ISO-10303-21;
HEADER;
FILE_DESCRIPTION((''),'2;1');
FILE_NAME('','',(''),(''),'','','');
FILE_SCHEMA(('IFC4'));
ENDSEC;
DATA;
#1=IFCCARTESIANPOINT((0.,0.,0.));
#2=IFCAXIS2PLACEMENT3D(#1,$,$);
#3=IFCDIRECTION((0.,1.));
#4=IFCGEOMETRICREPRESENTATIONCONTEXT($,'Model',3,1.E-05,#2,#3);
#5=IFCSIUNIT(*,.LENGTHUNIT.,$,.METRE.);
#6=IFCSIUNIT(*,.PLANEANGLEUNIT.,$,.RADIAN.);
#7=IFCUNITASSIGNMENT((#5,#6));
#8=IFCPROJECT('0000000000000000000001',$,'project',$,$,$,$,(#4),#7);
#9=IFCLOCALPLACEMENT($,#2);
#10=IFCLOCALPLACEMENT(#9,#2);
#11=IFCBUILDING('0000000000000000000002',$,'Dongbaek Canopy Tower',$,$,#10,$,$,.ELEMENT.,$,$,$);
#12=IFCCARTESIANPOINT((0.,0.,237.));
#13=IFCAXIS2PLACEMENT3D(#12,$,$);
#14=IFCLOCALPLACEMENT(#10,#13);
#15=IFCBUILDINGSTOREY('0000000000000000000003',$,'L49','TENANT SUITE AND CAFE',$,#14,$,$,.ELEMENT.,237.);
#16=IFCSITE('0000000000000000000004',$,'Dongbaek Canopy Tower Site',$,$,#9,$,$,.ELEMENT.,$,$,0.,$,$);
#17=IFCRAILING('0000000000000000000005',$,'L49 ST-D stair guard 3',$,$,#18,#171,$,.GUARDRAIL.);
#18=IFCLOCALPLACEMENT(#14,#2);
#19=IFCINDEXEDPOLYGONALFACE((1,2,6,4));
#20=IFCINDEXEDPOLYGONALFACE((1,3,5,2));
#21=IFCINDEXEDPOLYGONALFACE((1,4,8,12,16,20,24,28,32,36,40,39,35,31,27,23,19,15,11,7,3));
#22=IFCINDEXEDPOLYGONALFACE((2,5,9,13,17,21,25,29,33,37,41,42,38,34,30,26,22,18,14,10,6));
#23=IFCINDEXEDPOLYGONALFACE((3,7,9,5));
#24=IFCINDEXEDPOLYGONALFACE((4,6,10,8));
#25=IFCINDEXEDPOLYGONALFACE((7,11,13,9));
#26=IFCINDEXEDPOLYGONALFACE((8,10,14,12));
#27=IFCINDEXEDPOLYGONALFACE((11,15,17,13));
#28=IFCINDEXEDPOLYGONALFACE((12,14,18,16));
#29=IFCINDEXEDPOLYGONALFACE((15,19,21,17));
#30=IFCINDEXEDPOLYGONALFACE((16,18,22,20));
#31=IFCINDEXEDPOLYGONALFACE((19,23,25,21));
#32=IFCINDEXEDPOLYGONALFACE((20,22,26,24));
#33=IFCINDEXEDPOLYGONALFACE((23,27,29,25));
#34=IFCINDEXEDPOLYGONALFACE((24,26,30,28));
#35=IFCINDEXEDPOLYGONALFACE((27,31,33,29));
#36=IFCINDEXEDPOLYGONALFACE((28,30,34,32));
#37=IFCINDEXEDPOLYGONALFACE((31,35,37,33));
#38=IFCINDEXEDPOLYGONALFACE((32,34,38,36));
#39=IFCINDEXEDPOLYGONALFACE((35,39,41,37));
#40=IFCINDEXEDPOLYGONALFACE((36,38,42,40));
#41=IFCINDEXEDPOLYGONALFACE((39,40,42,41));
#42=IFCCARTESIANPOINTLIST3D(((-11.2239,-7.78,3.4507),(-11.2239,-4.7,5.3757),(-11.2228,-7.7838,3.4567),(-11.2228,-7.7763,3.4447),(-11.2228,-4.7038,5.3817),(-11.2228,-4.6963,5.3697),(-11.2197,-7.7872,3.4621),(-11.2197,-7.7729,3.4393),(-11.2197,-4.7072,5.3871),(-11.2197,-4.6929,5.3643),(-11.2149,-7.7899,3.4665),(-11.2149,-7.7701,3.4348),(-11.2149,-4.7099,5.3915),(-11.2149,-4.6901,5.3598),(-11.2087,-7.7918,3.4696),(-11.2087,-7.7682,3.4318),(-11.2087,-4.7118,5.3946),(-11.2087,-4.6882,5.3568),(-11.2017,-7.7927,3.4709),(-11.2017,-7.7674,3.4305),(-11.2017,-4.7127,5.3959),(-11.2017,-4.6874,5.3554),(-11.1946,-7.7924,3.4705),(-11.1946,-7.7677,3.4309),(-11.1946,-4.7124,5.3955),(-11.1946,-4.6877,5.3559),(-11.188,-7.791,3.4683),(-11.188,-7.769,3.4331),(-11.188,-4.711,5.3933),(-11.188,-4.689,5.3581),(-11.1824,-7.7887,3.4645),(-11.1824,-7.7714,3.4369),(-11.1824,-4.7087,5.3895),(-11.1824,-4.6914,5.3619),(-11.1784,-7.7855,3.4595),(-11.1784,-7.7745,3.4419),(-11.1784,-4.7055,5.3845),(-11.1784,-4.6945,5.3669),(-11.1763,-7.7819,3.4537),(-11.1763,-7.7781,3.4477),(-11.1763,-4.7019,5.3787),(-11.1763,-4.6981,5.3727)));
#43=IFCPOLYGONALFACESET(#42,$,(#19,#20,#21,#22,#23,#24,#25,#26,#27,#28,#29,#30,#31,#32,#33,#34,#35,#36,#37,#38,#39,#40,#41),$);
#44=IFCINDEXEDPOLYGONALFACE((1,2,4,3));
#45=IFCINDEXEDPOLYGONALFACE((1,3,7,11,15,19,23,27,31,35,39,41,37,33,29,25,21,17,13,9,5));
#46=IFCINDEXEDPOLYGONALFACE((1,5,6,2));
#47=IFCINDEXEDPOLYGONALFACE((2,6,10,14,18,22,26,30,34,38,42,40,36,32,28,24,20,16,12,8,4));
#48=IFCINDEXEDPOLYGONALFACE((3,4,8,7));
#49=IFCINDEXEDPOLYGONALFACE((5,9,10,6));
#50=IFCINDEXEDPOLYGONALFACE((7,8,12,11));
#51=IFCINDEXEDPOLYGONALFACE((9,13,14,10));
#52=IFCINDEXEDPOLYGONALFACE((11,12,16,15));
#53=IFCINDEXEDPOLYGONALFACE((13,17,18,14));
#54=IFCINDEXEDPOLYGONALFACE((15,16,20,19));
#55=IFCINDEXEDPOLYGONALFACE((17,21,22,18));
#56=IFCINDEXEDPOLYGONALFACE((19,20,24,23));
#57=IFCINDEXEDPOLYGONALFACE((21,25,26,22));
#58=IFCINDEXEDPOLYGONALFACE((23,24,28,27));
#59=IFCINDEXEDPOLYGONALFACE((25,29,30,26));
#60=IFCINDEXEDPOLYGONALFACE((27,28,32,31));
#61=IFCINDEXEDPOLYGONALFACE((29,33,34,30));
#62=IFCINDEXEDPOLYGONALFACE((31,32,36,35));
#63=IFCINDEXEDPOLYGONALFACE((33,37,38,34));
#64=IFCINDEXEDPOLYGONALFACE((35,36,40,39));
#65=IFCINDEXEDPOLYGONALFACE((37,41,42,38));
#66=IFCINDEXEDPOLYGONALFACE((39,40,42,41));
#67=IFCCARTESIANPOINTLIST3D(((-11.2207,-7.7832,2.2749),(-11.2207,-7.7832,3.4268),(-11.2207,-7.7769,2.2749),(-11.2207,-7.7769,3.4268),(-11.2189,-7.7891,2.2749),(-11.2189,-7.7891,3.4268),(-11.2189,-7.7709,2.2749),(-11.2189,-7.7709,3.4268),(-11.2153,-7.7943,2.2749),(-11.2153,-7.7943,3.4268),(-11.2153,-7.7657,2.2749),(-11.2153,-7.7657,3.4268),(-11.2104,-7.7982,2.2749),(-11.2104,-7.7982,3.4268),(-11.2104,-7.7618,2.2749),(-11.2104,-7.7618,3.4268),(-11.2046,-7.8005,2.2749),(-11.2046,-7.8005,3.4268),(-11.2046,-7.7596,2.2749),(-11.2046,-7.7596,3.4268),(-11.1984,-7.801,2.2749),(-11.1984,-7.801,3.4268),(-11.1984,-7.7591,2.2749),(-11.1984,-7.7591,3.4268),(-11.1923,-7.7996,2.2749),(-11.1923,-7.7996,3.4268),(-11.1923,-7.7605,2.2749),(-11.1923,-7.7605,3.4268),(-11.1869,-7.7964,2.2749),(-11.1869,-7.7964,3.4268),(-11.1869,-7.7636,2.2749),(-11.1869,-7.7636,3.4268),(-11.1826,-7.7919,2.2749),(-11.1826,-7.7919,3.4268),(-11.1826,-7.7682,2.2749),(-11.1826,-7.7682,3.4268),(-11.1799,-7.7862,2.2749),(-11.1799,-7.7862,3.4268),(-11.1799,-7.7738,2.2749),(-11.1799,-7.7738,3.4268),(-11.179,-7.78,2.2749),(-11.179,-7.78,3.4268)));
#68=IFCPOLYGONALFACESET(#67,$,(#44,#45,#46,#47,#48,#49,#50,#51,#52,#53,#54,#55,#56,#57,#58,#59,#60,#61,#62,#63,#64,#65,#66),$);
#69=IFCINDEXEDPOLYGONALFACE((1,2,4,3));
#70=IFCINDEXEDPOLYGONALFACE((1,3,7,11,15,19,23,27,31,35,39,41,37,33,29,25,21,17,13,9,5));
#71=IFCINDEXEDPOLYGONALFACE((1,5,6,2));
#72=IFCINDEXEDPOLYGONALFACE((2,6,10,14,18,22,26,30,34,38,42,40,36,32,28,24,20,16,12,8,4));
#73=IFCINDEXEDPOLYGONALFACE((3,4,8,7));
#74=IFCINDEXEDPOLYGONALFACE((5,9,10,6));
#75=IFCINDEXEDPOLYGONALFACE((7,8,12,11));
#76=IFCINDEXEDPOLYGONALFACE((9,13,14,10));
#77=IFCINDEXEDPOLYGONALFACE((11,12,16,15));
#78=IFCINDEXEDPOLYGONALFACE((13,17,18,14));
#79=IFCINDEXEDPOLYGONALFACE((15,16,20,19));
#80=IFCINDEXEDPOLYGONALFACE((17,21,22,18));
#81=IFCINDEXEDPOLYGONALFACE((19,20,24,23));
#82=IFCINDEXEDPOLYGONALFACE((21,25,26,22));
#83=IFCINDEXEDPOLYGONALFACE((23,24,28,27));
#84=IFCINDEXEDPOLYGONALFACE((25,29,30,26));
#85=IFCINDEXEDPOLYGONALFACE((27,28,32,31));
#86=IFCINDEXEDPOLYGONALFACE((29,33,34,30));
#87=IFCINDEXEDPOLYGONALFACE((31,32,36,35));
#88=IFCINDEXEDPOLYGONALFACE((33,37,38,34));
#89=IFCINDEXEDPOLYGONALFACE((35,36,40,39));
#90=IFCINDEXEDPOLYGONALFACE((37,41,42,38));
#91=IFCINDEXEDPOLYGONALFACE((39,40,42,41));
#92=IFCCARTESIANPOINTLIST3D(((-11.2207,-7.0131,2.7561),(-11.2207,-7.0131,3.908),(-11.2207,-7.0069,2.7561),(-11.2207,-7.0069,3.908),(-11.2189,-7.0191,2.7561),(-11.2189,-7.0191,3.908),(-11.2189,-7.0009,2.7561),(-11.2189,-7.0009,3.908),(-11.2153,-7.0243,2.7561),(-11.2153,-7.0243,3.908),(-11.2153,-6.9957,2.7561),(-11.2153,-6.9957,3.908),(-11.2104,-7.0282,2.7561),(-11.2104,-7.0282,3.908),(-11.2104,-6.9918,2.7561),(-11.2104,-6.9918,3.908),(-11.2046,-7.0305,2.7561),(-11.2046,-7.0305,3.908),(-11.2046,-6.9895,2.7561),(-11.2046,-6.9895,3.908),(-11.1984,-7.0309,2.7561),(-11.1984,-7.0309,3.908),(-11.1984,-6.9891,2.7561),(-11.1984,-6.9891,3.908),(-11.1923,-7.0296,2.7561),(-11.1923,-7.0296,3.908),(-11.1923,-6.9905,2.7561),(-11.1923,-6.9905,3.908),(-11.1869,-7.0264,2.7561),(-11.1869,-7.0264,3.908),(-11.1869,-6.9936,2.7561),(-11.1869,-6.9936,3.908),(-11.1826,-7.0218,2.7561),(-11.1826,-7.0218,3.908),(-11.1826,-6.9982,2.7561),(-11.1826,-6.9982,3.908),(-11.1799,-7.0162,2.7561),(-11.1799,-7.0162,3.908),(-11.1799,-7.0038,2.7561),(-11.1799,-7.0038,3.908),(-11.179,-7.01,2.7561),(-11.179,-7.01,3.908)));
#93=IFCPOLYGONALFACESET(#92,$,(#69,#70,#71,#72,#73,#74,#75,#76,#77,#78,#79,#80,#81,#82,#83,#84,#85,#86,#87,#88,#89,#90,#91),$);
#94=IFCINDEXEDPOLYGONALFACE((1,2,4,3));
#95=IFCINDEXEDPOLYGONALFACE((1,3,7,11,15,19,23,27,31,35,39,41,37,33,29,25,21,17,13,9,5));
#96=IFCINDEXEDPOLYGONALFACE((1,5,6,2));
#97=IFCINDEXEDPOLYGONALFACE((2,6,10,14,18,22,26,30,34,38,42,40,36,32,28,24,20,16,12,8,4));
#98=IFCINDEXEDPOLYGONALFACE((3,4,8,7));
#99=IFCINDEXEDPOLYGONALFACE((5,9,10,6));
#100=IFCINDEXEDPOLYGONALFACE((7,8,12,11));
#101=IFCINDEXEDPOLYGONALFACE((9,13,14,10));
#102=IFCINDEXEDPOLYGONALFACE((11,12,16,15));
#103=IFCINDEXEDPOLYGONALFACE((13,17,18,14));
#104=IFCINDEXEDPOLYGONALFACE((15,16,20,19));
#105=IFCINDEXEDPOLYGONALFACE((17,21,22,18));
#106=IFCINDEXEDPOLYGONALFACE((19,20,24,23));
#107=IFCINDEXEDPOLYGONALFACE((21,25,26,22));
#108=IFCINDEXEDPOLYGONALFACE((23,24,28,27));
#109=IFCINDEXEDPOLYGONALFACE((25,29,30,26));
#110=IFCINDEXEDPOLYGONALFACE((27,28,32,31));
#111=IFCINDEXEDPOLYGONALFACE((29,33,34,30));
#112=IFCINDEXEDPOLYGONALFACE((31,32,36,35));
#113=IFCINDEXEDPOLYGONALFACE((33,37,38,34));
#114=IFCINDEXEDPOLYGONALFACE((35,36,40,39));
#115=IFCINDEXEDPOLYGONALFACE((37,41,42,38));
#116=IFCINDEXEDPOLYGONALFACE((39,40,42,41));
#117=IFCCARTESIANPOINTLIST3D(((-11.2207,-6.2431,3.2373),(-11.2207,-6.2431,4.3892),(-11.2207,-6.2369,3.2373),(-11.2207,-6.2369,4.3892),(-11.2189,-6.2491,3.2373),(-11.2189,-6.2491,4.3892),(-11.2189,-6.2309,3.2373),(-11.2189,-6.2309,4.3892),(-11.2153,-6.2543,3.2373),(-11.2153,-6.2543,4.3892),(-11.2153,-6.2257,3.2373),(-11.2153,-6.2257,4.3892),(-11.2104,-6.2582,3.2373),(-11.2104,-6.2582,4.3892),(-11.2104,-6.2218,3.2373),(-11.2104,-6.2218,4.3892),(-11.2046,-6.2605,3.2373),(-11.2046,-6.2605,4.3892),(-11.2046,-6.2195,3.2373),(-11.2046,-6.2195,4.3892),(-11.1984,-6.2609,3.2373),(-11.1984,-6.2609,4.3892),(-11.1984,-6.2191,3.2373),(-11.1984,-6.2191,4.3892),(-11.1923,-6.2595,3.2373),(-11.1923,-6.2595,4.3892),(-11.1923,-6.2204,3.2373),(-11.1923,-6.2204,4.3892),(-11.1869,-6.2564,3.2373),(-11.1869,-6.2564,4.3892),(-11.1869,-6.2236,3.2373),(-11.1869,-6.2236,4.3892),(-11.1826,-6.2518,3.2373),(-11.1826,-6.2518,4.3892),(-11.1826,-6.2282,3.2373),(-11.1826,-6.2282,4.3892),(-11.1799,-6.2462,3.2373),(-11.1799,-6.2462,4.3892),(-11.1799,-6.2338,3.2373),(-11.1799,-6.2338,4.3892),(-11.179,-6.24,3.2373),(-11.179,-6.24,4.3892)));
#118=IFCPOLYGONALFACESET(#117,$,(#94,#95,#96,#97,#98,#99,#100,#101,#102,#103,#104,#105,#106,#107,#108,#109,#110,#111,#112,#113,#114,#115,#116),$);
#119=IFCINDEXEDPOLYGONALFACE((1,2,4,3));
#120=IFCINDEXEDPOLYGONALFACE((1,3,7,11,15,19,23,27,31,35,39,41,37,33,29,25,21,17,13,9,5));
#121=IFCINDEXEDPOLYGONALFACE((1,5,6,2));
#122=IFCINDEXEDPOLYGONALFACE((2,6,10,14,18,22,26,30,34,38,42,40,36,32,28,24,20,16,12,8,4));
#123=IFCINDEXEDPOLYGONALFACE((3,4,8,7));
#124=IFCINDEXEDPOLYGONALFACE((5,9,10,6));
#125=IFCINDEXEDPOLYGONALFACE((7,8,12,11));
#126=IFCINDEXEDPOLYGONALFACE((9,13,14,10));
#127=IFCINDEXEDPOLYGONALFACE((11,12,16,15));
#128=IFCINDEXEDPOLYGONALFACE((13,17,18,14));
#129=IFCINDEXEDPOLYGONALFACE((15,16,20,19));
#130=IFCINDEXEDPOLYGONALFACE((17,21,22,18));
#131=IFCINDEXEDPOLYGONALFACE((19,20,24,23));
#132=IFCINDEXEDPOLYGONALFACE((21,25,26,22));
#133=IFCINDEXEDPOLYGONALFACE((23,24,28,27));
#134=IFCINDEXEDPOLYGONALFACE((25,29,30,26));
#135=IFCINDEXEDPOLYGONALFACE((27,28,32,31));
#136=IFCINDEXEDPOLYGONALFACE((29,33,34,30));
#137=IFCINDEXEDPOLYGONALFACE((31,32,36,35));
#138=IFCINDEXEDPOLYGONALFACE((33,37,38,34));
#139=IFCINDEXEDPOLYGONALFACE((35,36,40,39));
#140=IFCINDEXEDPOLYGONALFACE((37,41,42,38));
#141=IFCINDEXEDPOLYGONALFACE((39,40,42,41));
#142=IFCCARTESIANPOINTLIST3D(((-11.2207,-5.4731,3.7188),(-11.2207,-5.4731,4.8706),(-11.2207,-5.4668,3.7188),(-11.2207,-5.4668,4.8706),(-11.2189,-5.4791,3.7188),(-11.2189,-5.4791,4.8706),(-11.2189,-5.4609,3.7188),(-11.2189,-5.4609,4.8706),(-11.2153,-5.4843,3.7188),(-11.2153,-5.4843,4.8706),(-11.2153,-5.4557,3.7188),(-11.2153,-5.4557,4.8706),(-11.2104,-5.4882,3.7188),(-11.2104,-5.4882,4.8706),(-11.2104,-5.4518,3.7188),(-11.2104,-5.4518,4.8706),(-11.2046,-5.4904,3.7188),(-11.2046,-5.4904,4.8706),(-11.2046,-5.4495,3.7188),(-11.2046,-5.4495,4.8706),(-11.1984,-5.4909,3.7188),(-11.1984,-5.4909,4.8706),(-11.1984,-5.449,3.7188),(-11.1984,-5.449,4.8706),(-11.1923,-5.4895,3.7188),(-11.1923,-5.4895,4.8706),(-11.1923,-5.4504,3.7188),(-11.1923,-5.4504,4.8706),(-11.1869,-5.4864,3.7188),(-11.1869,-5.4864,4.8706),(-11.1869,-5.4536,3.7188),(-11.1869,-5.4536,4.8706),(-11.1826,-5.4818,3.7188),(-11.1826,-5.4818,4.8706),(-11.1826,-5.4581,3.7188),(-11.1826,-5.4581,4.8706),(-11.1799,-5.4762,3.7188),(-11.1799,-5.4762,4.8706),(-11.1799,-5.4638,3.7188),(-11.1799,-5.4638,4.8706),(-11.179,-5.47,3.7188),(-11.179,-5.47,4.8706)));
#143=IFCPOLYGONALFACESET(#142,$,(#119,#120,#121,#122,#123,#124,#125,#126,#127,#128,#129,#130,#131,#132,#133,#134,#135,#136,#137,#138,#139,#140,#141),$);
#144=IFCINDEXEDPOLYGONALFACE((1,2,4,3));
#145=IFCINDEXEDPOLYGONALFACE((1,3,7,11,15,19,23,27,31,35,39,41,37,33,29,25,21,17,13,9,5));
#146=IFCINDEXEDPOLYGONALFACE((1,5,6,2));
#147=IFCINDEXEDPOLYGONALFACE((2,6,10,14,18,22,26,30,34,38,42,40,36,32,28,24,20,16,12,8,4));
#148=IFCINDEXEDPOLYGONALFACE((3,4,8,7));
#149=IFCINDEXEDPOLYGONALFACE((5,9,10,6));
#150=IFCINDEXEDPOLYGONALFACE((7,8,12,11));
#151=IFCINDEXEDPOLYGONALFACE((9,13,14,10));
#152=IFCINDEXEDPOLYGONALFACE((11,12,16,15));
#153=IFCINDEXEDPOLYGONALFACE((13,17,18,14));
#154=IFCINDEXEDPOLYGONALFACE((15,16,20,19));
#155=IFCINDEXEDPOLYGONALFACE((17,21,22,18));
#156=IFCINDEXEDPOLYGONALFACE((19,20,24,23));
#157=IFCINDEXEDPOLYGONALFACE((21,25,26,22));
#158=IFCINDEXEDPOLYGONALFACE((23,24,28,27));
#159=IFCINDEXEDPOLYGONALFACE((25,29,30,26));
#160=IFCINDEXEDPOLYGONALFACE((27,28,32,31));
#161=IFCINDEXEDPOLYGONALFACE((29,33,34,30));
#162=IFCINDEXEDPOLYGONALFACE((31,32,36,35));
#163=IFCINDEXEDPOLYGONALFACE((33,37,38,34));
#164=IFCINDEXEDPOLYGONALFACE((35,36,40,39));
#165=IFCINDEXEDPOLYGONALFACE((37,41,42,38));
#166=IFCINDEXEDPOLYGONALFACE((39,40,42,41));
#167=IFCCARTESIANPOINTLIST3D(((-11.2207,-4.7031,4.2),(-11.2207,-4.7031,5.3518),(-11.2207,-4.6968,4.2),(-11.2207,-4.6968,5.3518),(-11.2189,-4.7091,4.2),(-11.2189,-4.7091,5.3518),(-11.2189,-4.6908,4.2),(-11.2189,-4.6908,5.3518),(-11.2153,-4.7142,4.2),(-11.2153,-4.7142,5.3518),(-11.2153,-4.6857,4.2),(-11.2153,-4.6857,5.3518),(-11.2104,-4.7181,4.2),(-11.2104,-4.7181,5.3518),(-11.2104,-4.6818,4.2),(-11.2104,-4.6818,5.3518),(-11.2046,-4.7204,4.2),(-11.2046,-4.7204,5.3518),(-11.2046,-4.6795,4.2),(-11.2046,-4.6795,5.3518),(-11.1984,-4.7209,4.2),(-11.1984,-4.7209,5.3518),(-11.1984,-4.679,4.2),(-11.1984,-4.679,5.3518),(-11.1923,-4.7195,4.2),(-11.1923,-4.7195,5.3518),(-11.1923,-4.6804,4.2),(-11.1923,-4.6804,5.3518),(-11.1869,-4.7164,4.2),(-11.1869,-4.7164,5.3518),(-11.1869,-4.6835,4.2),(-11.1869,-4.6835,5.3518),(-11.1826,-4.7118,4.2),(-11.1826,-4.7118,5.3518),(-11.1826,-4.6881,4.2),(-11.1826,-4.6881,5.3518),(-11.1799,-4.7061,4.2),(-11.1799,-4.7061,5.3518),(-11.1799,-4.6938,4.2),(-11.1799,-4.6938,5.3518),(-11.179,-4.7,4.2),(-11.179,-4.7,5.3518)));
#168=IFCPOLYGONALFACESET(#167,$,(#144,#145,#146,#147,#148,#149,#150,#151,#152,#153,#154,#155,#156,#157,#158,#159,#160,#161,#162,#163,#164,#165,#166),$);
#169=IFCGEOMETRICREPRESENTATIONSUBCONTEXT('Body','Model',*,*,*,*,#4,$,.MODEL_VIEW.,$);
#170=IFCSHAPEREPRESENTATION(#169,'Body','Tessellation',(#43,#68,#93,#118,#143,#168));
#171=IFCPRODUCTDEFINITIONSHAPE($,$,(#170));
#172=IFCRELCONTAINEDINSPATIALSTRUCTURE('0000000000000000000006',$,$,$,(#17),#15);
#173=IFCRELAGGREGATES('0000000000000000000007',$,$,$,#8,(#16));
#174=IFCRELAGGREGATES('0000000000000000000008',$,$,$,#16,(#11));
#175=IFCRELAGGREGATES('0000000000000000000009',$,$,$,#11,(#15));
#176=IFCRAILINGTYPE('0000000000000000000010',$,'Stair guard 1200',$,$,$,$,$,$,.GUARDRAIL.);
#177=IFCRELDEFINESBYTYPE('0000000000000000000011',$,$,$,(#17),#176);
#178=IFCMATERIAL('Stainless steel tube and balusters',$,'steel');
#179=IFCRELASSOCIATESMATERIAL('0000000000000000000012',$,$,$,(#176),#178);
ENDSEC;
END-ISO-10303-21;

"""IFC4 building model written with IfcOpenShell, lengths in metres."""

from ifc_helpers import new_model, si_unit, direction, frame, origin, origin_2d, place, context, subcontext, project, spatial, circle, extrude, material, type_object, element, save


model = new_model("IFC4")

# Units and contexts
model_context = context("Model", 3, precision=1e-05, world=origin(), true_north=direction((0.0, 1.0)))
body_context = subcontext(model_context, "Body", "Model", "MODEL_VIEW")
ifc_project = project(units=[si_unit("LENGTHUNIT", "METRE"), si_unit("PLANEANGLEUNIT", "RADIAN")], contexts=[model_context])

# Site, building, storey
site_placement = place(None, origin())
site = spatial("IfcSite", under=ifc_project, at=site_placement, Name="Dongbaek Canopy Tower Site", CompositionType="ELEMENT", RefElevation=0.0)
building_placement = place(site_placement, origin())
building = spatial("IfcBuilding", under=site, at=building_placement, Name="Dongbaek Canopy Tower", CompositionType="ELEMENT")
storey_placement = place(building_placement, frame((0.0, 0.0, 237.0)))
storey = spatial("IfcBuildingStorey", under=building, at=storey_placement, Name="L49", Description="TENANT SUITE AND CAFE", CompositionType="ELEMENT", Elevation=237.0)

# Railing
ifc_material_1 = material(Name="Stainless steel tube and balusters", Category="steel")
railing_type_1 = type_object("IfcRailingType", Name="Stair guard 1200", PredefinedType="GUARDRAIL", material=ifc_material_1)
railing_1_placement = place(storey_placement, frame((-11.2, -7.78, 2.2749)))
element("IfcRailing", 1, at=railing_1_placement, inside=storey, type_object=railing_type_1, Name="L49 ST-D stair guard 3", PredefinedType="GUARDRAIL", context=body_context, shape_type="SweptSolid", body=[
    extrude(circle(Radius=0.0239, at=origin_2d()), frame((0.0, 0.0, 1.1758), z_axis=(0.0, 0.847998, 0.529999), x_axis=(-1.0, 0.0, 0.0)), (0.0, 0.0, 1.0), 3.6321),
    extrude(circle(Radius=0.021, at=origin_2d()), origin(), (0.0, 0.0, 1.0), 1.1519),
    extrude(circle(Radius=0.021, at=origin_2d()), frame((0.0, 0.77, 0.4812)), (0.0, 0.0, 1.0), 1.1519),
    extrude(circle(Radius=0.021, at=origin_2d()), frame((0.0, 1.54, 0.9624)), (0.0, 0.0, 1.0), 1.1519),
    extrude(circle(Radius=0.021, at=origin_2d()), frame((0.0, 2.3101, 1.4438)), (0.0, 0.0, 1.0), 1.1519),
    extrude(circle(Radius=0.021, at=origin_2d()), frame((0.0, 3.0801, 1.925)), (0.0, 0.0, 1.0), 1.1519),
])

save(model, "model.ifc")
